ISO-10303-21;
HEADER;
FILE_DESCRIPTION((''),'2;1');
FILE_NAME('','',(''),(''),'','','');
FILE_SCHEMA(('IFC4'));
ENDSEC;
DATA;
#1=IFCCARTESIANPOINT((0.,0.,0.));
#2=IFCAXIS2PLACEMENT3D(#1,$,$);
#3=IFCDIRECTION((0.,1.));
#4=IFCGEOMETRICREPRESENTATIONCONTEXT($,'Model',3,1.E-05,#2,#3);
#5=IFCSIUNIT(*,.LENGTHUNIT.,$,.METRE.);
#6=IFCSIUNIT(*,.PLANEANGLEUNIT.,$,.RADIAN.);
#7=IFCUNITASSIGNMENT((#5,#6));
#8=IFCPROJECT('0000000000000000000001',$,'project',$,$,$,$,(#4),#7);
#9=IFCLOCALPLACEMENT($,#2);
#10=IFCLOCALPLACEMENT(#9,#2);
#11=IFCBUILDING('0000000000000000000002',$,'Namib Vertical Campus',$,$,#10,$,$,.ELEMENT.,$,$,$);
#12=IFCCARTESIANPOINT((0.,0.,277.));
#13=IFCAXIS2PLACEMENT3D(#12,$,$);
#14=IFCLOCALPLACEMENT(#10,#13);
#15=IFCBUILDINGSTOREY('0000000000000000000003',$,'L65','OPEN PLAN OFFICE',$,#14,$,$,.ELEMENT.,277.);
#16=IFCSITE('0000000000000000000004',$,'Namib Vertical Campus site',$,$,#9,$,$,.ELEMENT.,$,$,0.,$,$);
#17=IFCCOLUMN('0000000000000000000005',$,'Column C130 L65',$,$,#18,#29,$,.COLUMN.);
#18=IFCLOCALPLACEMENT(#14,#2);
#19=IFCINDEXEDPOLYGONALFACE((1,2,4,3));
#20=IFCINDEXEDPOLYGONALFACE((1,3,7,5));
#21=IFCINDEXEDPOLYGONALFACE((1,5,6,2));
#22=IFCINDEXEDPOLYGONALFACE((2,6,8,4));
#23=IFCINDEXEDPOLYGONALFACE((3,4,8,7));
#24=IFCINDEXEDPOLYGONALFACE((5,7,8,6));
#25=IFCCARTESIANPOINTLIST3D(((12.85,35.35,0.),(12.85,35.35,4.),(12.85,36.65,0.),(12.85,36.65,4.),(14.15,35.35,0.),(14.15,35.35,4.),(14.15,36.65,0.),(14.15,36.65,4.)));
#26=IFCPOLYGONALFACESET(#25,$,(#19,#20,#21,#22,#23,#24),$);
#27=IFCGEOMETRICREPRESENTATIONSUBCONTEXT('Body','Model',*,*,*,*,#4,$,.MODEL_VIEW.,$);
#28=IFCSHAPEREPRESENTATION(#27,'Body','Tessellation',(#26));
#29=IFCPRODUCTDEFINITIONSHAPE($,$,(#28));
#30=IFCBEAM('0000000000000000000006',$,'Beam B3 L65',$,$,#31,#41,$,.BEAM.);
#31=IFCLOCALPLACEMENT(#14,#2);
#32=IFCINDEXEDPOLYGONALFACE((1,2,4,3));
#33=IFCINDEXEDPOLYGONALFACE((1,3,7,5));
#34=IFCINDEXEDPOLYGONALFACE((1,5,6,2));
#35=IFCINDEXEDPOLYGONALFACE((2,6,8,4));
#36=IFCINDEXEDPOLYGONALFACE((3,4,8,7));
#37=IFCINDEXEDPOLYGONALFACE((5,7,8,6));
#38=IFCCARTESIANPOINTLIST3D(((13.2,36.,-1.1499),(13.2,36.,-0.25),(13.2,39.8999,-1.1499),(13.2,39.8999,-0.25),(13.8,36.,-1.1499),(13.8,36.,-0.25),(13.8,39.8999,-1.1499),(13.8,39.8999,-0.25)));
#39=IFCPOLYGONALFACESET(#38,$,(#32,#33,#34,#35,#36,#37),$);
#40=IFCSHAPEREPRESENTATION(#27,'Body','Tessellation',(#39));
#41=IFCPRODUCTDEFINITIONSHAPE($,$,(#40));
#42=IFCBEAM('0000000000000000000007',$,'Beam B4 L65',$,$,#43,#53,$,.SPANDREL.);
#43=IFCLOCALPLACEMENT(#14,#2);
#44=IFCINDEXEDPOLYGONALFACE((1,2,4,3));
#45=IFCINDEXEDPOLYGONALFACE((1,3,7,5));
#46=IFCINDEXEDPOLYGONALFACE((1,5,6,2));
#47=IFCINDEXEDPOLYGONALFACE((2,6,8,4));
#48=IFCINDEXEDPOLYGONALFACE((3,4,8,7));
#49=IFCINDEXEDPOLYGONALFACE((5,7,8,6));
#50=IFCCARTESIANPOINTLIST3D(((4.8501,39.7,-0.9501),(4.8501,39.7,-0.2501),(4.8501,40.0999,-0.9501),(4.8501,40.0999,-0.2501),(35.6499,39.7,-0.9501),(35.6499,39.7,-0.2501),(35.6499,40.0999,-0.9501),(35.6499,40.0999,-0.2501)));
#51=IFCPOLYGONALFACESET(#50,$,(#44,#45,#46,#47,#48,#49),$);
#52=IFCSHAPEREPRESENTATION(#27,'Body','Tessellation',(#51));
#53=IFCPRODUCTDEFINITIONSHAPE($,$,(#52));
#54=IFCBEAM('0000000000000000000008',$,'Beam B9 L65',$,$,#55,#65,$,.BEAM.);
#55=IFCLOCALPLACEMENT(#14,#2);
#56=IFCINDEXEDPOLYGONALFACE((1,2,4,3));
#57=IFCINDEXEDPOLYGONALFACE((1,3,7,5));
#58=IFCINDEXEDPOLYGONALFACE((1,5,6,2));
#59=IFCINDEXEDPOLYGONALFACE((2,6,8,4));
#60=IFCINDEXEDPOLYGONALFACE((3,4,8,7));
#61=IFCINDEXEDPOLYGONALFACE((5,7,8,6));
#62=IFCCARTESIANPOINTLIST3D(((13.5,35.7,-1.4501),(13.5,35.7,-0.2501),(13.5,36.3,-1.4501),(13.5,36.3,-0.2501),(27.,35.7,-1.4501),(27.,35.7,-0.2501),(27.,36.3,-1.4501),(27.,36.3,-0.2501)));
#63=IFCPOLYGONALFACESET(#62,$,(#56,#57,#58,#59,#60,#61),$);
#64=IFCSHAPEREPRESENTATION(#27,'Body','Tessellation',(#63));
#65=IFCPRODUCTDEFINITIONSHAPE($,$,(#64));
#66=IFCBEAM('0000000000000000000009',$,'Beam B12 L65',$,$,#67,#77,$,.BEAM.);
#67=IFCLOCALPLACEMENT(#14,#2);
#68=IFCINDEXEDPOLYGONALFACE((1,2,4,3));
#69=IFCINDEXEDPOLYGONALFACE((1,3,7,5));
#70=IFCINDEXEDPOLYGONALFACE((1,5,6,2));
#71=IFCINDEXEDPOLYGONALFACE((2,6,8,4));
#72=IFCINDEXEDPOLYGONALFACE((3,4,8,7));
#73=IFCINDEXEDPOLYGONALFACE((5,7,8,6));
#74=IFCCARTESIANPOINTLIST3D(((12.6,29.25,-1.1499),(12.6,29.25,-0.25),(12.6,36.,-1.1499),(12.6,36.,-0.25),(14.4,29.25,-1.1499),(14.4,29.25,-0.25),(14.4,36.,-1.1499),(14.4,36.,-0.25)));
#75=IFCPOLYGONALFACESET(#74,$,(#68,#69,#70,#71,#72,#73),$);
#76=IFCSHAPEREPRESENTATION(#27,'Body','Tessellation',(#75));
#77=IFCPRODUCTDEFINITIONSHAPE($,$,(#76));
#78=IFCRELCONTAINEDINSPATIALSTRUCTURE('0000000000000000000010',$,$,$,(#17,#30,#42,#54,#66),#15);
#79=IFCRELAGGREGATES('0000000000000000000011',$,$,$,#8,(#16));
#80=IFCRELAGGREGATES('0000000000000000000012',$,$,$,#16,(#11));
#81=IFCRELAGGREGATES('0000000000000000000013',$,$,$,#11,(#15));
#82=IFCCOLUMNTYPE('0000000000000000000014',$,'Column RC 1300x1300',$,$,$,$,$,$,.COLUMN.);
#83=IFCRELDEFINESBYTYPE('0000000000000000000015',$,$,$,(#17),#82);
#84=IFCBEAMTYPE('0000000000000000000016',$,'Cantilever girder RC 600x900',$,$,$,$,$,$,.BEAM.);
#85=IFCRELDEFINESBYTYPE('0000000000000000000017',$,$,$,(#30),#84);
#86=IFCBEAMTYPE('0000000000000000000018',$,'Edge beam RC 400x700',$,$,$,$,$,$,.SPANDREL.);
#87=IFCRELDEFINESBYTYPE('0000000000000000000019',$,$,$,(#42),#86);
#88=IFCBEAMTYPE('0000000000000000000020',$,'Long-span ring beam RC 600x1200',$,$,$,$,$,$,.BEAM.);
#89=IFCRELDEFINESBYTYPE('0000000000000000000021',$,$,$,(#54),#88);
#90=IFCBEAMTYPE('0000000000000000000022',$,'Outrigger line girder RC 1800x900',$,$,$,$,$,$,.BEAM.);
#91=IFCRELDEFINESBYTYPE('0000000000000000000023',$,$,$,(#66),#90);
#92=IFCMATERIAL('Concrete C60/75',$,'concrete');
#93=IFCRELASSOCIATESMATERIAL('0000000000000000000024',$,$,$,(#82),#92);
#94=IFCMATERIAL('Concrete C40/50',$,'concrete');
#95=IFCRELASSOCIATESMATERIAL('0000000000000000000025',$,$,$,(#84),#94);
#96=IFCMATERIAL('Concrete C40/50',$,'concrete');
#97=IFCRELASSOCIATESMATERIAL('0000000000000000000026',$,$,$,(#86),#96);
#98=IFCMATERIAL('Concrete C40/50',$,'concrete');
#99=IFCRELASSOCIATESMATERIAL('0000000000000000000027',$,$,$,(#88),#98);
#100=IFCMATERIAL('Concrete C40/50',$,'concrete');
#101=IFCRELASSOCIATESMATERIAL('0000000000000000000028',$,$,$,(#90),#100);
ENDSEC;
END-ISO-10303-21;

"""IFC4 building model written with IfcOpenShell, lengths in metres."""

from ifc_helpers import new_model, si_unit, direction, frame, origin, origin_2d, place, context, subcontext, project, spatial, rectangle, extrude, material, material_profile, profile_set, type_object, element, save


model = new_model("IFC4")

# Units and contexts
model_context = context("Model", 3, precision=1e-05, world=origin(), true_north=direction((0.0, 1.0)))
body_context = subcontext(model_context, "Body", "Model", "MODEL_VIEW")
ifc_project = project(units=[si_unit("LENGTHUNIT", "METRE"), si_unit("PLANEANGLEUNIT", "RADIAN")], contexts=[model_context])

# Site, building, storey
site_placement = place(None, origin())
site = spatial("IfcSite", under=ifc_project, at=site_placement, Name="Namib Vertical Campus site", CompositionType="ELEMENT", RefElevation=0.0)
building_placement = place(site_placement, origin())
building = spatial("IfcBuilding", under=site, at=building_placement, Name="Namib Vertical Campus", CompositionType="ELEMENT")
storey_placement = place(building_placement, frame((0.0, 0.0, 277.0)))
storey = spatial("IfcBuildingStorey", under=building, at=storey_placement, Name="L65", Description="OPEN PLAN OFFICE", CompositionType="ELEMENT", Elevation=277.0)

# Column
ifc_material_1 = material(Name="Concrete C60/75", Category="concrete")
ifc_material_profile_1 = material_profile(ifc_material_1, rectangle(XDim=1.3, YDim=1.3, at=origin_2d()))
ifc_profile_set_1 = profile_set([ifc_material_profile_1], Name="Concrete C60/75")
column_type = type_object("IfcColumnType", Name="Column RC 1300x1300", PredefinedType="COLUMN", material=ifc_profile_set_1)
column_placement = place(storey_placement, frame((13.5, 36.0, 0.0), z_axis=(0.0, 0.0, 1.0), x_axis=(1.0, 0.0, 0.0)))
element("IfcColumn", 1, at=column_placement, inside=storey, type_object=column_type, Name="Column C130 L65", PredefinedType="COLUMN", context=body_context, shape_type="SweptSolid", body=[
    extrude(rectangle(XDim=1.3, YDim=1.3, at=origin_2d()), origin(), (0.0, 0.0, 1.0), 4.0),
])

# Beams
ifc_material_2 = material(Name="Concrete C40/50", Category="concrete")
ifc_material_profile_2 = material_profile(ifc_material_2, rectangle(XDim=0.6001, YDim=0.8999, at=origin_2d()))
ifc_profile_set_2 = profile_set([ifc_material_profile_2], Name="Concrete C40/50")
beam_type_1 = type_object("IfcBeamType", Name="Cantilever girder RC 600x900", PredefinedType="BEAM", material=ifc_profile_set_2)
beam_1_placement = place(storey_placement, frame((13.5, 36.0, -0.7), z_axis=(0.0, 1.0, 0.0), x_axis=(-1.0, 0.0, 0.0)))
element("IfcBeam", 2, at=beam_1_placement, inside=storey, type_object=beam_type_1, Name="Beam B3 L65", PredefinedType="BEAM", context=body_context, shape_type="SweptSolid", body=[
    extrude(rectangle(XDim=0.6001, YDim=0.8999, at=origin_2d()), origin(), (0.0, 0.0, 1.0), 3.8999),
])
ifc_material_3 = material(Name="Concrete C40/50", Category="concrete")
ifc_material_profile_3 = material_profile(ifc_material_3, rectangle(XDim=0.3999, YDim=0.7, at=origin_2d()))
ifc_profile_set_3 = profile_set([ifc_material_profile_3], Name="Concrete C40/50")
beam_type_2 = type_object("IfcBeamType", Name="Edge beam RC 400x700", PredefinedType="SPANDREL", material=ifc_profile_set_3)
beam_2_placement = place(storey_placement, frame((4.8501, 39.8999, -0.6001), z_axis=(1.0, 0.0, 0.0), x_axis=(0.0, 1.0, 0.0)))
element("IfcBeam", 3, at=beam_2_placement, inside=storey, type_object=beam_type_2, Name="Beam B4 L65", PredefinedType="SPANDREL", context=body_context, shape_type="SweptSolid", body=[
    extrude(rectangle(XDim=0.3999, YDim=0.7, at=origin_2d()), origin(), (0.0, 0.0, 1.0), 30.7998),
])
ifc_material_4 = material(Name="Concrete C40/50", Category="concrete")
ifc_material_profile_4 = material_profile(ifc_material_4, rectangle(XDim=0.6001, YDim=1.2, at=origin_2d()))
ifc_profile_set_4 = profile_set([ifc_material_profile_4], Name="Concrete C40/50")
beam_type_3 = type_object("IfcBeamType", Name="Long-span ring beam RC 600x1200", PredefinedType="BEAM", material=ifc_profile_set_4)
beam_3_placement = place(storey_placement, frame((13.5, 36.0, -0.8501), z_axis=(1.0, 0.0, 0.0), x_axis=(0.0, 1.0, 0.0)))
element("IfcBeam", 4, at=beam_3_placement, inside=storey, type_object=beam_type_3, Name="Beam B9 L65", PredefinedType="BEAM", context=body_context, shape_type="SweptSolid", body=[
    extrude(rectangle(XDim=0.6001, YDim=1.2, at=origin_2d()), origin(), (0.0, 0.0, 1.0), 13.5),
])
ifc_material_5 = material(Name="Concrete C40/50", Category="concrete")
ifc_material_profile_5 = material_profile(ifc_material_5, rectangle(XDim=1.8, YDim=0.8999, at=origin_2d()))
ifc_profile_set_5 = profile_set([ifc_material_profile_5], Name="Concrete C40/50")
beam_type_4 = type_object("IfcBeamType", Name="Outrigger line girder RC 1800x900", PredefinedType="BEAM", material=ifc_profile_set_5)
beam_4_placement = place(storey_placement, frame((13.5, 36.0, -0.7), z_axis=(0.0, -1.0, 0.0), x_axis=(1.0, 0.0, 0.0)))
element("IfcBeam", 5, at=beam_4_placement, inside=storey, type_object=beam_type_4, Name="Beam B12 L65", PredefinedType="BEAM", context=body_context, shape_type="SweptSolid", body=[
    extrude(rectangle(XDim=1.8, YDim=0.8999, at=origin_2d()), origin(), (0.0, 0.0, 1.0), 6.75),
])

save(model, "model.ifc")
